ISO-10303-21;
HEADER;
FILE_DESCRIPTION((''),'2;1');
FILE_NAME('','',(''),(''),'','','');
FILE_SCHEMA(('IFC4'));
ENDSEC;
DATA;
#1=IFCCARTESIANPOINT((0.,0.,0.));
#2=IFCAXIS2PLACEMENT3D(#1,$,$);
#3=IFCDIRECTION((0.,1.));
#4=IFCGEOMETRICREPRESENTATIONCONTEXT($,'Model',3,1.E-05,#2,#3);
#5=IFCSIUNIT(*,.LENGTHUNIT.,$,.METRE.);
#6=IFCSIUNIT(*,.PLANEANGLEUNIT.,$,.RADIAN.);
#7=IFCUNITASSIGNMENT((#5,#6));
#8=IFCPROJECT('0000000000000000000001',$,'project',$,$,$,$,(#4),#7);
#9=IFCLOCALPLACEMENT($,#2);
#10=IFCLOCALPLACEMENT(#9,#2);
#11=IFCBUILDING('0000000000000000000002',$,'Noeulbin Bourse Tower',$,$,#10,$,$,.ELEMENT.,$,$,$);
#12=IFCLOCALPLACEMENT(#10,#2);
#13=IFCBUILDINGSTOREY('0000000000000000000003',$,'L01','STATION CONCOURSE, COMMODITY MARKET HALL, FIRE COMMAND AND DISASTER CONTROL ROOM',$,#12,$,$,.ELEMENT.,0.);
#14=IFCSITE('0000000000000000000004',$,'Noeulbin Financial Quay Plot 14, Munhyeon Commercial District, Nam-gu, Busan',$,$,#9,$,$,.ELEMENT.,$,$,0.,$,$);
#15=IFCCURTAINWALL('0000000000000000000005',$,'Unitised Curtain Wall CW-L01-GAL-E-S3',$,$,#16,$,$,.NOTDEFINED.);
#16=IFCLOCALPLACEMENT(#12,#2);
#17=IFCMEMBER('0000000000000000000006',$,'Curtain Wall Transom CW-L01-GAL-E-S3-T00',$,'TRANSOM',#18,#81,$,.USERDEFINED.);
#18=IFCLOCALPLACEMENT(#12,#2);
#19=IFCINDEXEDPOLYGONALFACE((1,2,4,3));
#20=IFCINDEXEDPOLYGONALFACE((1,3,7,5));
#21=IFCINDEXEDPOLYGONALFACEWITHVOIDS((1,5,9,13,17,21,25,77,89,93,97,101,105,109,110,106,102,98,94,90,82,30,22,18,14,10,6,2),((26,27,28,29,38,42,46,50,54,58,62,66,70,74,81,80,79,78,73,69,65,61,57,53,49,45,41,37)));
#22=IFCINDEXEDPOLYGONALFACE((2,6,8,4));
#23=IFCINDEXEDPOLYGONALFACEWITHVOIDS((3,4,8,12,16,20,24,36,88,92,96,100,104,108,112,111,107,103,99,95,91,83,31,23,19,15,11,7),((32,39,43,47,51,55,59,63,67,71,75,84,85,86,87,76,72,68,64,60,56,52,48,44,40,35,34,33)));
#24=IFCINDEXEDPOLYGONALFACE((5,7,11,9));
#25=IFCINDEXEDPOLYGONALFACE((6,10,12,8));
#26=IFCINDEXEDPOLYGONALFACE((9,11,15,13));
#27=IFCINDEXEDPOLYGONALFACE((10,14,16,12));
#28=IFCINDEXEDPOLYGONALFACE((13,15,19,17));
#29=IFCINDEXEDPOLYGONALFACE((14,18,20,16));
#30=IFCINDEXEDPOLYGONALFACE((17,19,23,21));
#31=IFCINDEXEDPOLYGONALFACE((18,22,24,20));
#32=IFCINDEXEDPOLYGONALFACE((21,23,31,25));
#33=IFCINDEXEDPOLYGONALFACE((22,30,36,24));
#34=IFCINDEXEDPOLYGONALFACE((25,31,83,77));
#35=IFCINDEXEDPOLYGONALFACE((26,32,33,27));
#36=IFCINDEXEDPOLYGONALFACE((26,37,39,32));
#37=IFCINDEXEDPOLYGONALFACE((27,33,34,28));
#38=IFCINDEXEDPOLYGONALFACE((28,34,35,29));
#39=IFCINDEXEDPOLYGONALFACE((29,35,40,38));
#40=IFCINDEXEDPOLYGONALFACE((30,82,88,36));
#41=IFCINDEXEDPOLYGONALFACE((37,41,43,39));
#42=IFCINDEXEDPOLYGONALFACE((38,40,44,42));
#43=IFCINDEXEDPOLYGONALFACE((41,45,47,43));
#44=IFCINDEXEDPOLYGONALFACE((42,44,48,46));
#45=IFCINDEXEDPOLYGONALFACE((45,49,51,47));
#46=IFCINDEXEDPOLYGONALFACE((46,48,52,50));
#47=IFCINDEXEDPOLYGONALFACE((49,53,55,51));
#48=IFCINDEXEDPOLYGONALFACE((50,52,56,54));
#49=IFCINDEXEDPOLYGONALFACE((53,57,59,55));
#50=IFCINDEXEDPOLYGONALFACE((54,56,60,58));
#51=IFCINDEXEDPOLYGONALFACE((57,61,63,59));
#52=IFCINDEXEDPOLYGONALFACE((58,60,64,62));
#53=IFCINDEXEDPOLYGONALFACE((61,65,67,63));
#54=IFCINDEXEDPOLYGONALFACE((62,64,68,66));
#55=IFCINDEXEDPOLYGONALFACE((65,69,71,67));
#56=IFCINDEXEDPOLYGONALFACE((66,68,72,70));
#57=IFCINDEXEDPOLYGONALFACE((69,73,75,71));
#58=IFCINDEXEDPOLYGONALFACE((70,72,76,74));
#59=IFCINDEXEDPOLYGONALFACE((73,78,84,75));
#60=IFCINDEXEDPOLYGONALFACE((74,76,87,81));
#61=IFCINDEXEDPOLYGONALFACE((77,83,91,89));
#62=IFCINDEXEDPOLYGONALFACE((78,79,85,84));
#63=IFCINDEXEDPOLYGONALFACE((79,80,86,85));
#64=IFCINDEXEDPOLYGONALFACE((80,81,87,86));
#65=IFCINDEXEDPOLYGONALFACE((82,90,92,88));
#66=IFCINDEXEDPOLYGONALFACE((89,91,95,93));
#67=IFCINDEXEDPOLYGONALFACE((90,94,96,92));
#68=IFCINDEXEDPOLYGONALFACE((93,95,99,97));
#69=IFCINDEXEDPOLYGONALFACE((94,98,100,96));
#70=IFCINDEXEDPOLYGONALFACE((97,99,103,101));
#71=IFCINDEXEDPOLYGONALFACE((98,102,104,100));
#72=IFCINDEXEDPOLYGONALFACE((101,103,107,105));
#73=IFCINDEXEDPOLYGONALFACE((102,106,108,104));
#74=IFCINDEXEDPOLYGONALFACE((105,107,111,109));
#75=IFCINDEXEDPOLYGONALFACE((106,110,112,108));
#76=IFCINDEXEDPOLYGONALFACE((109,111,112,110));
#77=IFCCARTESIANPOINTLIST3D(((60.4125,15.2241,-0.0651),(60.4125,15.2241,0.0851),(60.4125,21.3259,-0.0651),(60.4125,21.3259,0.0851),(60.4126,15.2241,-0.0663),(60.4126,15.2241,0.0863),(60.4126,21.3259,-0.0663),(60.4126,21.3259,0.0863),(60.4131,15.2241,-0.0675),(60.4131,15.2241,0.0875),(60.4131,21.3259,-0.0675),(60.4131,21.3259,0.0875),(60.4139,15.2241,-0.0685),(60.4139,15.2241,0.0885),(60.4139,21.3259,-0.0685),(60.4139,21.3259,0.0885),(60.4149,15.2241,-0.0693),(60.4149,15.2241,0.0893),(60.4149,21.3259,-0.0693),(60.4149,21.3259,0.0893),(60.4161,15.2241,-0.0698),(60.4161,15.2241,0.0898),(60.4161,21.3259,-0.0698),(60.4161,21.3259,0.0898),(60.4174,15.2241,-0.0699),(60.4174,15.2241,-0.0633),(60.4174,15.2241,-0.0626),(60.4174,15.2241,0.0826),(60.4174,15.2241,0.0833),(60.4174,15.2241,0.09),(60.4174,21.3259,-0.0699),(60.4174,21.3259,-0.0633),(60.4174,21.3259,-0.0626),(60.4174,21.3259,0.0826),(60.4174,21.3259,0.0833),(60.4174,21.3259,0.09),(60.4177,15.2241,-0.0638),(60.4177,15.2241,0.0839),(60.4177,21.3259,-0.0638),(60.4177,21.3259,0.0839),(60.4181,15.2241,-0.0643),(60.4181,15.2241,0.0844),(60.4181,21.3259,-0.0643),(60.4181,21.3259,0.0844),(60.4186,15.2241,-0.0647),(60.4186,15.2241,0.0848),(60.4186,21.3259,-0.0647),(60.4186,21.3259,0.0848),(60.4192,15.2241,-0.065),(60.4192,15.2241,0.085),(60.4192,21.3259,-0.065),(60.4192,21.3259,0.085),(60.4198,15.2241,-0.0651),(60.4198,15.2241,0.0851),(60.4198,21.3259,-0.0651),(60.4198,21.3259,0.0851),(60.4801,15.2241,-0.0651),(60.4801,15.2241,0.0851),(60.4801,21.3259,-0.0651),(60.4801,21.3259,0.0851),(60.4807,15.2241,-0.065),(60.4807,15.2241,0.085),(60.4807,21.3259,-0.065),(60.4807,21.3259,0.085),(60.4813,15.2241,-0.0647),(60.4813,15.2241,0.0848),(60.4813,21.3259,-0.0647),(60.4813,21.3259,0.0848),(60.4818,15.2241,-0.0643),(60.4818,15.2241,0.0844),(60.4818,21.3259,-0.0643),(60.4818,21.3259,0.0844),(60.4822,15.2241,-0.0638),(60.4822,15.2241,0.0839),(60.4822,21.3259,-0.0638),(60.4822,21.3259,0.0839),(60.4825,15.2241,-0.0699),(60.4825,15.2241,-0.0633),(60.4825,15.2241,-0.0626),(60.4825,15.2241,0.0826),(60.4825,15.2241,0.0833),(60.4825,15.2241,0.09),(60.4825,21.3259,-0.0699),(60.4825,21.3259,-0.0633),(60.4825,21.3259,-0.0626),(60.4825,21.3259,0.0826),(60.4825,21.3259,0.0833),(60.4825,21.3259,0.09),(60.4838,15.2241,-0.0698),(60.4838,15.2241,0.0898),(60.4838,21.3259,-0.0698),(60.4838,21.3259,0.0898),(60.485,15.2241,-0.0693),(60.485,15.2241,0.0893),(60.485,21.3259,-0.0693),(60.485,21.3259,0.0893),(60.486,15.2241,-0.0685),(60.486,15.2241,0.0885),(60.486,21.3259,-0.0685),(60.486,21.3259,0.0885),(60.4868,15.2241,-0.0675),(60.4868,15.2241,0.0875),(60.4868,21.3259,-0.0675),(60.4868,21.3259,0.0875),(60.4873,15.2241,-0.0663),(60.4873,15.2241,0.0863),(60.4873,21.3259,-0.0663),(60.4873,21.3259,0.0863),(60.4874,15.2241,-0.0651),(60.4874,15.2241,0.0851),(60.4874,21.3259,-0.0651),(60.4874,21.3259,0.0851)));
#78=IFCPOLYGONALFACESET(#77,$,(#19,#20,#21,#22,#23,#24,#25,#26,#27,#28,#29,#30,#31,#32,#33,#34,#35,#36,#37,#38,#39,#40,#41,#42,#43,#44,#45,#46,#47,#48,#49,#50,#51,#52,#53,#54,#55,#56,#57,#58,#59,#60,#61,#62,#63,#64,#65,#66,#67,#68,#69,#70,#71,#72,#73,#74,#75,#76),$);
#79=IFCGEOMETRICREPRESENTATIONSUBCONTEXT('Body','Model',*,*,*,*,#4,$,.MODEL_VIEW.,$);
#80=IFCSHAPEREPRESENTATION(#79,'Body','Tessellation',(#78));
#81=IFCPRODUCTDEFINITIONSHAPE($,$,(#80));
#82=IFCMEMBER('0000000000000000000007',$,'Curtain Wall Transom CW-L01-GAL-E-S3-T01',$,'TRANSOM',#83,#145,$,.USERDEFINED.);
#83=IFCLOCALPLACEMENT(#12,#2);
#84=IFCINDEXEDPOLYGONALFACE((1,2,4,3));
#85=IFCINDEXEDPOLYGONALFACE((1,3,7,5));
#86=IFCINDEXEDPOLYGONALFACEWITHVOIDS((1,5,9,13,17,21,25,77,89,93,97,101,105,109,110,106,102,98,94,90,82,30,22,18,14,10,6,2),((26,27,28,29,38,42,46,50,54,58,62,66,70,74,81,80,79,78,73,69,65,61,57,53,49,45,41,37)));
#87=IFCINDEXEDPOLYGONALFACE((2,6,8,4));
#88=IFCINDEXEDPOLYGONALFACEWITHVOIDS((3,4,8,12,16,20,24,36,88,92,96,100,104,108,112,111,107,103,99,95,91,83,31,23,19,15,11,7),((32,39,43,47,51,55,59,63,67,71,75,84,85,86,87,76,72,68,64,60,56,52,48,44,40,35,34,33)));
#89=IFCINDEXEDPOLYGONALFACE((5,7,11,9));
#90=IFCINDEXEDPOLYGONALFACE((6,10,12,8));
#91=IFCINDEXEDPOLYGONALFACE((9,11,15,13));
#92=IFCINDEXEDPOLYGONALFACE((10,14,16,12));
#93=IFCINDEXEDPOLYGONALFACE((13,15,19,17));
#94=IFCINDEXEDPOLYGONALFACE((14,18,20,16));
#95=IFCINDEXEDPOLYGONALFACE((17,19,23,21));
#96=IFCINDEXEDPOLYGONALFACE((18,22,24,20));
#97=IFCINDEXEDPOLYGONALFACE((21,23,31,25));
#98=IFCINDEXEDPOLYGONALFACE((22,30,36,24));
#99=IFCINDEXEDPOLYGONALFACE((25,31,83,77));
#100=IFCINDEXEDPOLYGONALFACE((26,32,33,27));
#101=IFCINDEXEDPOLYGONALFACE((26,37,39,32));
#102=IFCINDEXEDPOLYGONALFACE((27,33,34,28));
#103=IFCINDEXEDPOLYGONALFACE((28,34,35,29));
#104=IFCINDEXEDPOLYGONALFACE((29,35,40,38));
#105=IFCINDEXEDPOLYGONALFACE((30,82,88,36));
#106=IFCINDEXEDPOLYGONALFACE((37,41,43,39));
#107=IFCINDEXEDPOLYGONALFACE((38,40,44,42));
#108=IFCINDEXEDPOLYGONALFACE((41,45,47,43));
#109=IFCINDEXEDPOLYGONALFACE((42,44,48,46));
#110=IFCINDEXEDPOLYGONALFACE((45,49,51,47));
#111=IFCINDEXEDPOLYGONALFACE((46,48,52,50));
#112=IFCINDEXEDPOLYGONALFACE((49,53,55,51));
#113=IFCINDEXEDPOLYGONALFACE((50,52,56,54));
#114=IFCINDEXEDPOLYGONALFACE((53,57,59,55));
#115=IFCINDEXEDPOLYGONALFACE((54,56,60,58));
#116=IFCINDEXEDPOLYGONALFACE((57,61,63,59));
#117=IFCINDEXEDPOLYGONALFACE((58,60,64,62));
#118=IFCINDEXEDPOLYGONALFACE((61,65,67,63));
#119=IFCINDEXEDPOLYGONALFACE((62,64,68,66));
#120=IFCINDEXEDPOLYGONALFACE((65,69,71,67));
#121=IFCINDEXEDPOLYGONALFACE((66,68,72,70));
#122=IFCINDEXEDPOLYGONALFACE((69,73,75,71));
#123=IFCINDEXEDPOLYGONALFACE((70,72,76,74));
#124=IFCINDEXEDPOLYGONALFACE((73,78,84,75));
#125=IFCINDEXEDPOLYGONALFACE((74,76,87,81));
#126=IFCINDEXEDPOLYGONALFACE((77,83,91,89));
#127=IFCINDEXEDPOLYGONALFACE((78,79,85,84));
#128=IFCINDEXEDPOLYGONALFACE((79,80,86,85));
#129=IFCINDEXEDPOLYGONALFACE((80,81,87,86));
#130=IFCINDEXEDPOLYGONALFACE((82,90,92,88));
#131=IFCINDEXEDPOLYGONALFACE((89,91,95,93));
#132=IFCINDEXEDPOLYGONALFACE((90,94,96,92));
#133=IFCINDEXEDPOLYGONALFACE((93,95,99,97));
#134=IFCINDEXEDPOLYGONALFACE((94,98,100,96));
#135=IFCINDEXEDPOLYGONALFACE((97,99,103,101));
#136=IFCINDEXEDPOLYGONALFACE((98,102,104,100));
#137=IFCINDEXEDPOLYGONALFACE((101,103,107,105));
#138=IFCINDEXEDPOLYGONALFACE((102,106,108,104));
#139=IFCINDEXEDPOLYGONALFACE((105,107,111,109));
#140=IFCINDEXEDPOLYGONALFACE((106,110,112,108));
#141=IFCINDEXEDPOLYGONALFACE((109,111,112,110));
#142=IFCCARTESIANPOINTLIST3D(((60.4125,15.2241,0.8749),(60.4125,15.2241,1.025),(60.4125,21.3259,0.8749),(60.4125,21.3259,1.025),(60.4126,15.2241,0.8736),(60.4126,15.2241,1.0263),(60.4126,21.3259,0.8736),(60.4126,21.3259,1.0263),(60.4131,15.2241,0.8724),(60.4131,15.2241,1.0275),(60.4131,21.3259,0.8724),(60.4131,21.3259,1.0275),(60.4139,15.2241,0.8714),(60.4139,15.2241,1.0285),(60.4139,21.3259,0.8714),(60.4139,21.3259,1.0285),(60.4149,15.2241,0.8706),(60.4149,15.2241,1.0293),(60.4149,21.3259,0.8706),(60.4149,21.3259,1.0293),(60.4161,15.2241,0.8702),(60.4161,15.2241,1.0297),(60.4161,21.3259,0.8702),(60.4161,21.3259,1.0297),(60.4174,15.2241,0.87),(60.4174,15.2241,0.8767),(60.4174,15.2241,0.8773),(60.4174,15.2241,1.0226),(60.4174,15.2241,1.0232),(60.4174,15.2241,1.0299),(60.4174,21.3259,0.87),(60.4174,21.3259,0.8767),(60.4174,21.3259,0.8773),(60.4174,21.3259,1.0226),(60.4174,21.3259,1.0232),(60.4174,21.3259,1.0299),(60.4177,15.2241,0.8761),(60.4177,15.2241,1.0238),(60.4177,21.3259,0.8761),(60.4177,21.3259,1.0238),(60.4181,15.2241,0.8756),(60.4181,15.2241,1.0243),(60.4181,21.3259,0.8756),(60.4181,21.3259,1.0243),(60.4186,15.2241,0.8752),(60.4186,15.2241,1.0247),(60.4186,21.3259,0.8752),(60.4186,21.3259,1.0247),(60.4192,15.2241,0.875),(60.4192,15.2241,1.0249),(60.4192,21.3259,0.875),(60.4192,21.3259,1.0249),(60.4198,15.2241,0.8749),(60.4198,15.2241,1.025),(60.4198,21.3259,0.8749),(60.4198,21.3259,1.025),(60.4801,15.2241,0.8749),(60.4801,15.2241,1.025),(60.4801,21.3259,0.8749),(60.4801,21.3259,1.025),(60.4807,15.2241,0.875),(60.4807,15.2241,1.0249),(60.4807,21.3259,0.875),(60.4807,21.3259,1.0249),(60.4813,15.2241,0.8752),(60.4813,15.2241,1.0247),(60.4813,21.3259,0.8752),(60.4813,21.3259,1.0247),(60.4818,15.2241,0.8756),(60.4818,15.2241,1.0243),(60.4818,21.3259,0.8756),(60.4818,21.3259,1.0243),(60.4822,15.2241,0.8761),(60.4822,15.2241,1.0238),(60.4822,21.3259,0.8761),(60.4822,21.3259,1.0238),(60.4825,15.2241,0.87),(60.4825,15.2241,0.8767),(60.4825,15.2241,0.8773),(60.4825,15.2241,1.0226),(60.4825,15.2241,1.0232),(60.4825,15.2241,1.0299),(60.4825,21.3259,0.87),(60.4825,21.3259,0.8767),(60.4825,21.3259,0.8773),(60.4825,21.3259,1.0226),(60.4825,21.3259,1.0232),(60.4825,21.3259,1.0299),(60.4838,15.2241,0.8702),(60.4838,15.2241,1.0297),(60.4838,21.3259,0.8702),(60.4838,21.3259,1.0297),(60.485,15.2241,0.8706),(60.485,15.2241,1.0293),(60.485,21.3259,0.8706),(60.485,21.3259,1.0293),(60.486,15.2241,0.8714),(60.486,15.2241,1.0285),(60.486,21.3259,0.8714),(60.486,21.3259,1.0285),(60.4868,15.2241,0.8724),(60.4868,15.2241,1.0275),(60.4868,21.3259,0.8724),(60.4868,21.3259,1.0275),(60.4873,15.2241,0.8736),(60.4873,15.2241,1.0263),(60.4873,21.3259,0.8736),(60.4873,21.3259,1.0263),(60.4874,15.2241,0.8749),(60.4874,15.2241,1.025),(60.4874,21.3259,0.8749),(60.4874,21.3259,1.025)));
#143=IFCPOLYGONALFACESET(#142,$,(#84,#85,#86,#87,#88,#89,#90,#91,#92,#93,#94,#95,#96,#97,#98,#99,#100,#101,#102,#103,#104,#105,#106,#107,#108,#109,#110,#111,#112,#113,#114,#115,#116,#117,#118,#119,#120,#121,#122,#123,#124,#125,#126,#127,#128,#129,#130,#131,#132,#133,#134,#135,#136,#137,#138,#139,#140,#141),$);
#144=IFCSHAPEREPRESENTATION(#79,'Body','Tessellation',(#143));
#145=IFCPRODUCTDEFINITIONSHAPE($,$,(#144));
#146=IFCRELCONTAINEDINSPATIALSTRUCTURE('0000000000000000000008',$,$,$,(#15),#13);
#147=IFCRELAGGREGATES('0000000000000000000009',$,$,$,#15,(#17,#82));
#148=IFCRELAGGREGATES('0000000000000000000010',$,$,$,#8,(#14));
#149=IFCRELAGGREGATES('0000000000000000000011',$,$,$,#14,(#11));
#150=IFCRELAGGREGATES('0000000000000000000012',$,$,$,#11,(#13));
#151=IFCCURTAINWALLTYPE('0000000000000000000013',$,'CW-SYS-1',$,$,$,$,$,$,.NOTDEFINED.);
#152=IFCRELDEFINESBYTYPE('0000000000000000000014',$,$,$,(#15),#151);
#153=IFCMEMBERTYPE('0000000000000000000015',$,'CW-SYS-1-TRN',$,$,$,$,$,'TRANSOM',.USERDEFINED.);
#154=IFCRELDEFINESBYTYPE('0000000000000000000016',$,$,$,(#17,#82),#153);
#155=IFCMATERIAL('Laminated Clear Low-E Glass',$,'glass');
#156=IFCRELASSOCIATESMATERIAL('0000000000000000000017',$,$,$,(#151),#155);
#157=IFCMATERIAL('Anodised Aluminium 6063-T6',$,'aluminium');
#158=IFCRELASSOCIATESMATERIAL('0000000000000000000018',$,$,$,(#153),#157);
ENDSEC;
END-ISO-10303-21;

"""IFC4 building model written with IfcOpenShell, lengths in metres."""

from ifc_helpers import new_model, si_unit, direction, frame, origin, origin_2d, place, context, subcontext, project, spatial, hollow_rectangle, extrude, material, material_profile, profile_set, type_object, element, aggregate, save


model = new_model("IFC4")

# Units and contexts
model_context = context("Model", 3, precision=1e-05, world=origin(), true_north=direction((0.0, 1.0)))
body_context = subcontext(model_context, "Body", "Model", "MODEL_VIEW")
ifc_project = project(units=[si_unit("LENGTHUNIT", "METRE"), si_unit("PLANEANGLEUNIT", "RADIAN")], contexts=[model_context])

# Site, building, storey
site_placement = place(None, origin())
site = spatial("IfcSite", under=ifc_project, at=site_placement, Name="Noeulbin Financial Quay Plot 14, Munhyeon Commercial District, Nam-gu, Busan", CompositionType="ELEMENT", RefElevation=0.0)
building_placement = place(site_placement, origin())
building = spatial("IfcBuilding", under=site, at=building_placement, Name="Noeulbin Bourse Tower", CompositionType="ELEMENT")
storey_placement = place(building_placement, origin())
storey = spatial("IfcBuildingStorey", under=building, at=storey_placement, Name="L01", Description="STATION CONCOURSE, COMMODITY MARKET HALL, FIRE COMMAND AND DISASTER CONTROL ROOM", CompositionType="ELEMENT", Elevation=0.0)

# Shared definitions
ifc_material_1 = material(Name="Laminated Clear Low-E Glass", Category="glass")
curtain_wall_type = type_object("IfcCurtainWallType", Name="CW-SYS-1", PredefinedType="NOTDEFINED", material=ifc_material_1)
ifc_material_2 = material(Name="Anodised Aluminium 6063-T6", Category="aluminium")

# Curtain wall
curtain_wall_1_placement = place(storey_placement, origin())
curtain_wall_1 = element("IfcCurtainWall", 1, at=curtain_wall_1_placement, inside=storey, type_object=curtain_wall_type, Name="Unitised Curtain Wall CW-L01-GAL-E-S3", PredefinedType="NOTDEFINED")

# Members
ifc_material_profile_1 = material_profile(ifc_material_2, hollow_rectangle(XDim=0.075, YDim=0.1599, WallThickness=0.0049, InnerFilletRadius=0.0024, OuterFilletRadius=0.0049, at=origin_2d()), Name="ALU-TRAN-75x160x5", Category="LoadBearing")
ifc_profile_set_1 = profile_set([ifc_material_profile_1], Name="Anodised Aluminium 6063-T6")
member_type_1 = type_object("IfcMemberType", Name="CW-SYS-1-TRN", ElementType="TRANSOM", PredefinedType="USERDEFINED", material=ifc_profile_set_1)
member_1_placement = place(storey_placement, frame((60.45, 15.2241, 0.01), z_axis=(0.0, 1.0, 0.0), x_axis=(-1.0, 0.0, 0.0)))
member_1 = element("IfcMember", 2, at=member_1_placement, type_object=member_type_1, Name="Curtain Wall Transom CW-L01-GAL-E-S3-T00", ObjectType="TRANSOM", PredefinedType="USERDEFINED", context=body_context, shape_type="SweptSolid", body=[
    extrude(hollow_rectangle(XDim=0.075, YDim=0.1599, WallThickness=0.0049, InnerFilletRadius=0.0024, OuterFilletRadius=0.0049, at=origin_2d()), origin(), (0.0, 0.0, 1.0), 6.1018),
])
member_2_placement = place(storey_placement, frame((60.45, 15.2241, 0.95), z_axis=(0.0, 1.0, 0.0), x_axis=(-1.0, 0.0, 0.0)))
member_2 = element("IfcMember", 3, at=member_2_placement, type_object=member_type_1, Name="Curtain Wall Transom CW-L01-GAL-E-S3-T01", ObjectType="TRANSOM", PredefinedType="USERDEFINED", context=body_context, shape_type="SweptSolid", body=[
    extrude(hollow_rectangle(XDim=0.075, YDim=0.1599, WallThickness=0.0049, InnerFilletRadius=0.0024, OuterFilletRadius=0.0049, at=origin_2d()), origin(), (0.0, 0.0, 1.0), 6.1018),
])

aggregate(curtain_wall_1, [member_1, member_2])

save(model, "model.ifc")
